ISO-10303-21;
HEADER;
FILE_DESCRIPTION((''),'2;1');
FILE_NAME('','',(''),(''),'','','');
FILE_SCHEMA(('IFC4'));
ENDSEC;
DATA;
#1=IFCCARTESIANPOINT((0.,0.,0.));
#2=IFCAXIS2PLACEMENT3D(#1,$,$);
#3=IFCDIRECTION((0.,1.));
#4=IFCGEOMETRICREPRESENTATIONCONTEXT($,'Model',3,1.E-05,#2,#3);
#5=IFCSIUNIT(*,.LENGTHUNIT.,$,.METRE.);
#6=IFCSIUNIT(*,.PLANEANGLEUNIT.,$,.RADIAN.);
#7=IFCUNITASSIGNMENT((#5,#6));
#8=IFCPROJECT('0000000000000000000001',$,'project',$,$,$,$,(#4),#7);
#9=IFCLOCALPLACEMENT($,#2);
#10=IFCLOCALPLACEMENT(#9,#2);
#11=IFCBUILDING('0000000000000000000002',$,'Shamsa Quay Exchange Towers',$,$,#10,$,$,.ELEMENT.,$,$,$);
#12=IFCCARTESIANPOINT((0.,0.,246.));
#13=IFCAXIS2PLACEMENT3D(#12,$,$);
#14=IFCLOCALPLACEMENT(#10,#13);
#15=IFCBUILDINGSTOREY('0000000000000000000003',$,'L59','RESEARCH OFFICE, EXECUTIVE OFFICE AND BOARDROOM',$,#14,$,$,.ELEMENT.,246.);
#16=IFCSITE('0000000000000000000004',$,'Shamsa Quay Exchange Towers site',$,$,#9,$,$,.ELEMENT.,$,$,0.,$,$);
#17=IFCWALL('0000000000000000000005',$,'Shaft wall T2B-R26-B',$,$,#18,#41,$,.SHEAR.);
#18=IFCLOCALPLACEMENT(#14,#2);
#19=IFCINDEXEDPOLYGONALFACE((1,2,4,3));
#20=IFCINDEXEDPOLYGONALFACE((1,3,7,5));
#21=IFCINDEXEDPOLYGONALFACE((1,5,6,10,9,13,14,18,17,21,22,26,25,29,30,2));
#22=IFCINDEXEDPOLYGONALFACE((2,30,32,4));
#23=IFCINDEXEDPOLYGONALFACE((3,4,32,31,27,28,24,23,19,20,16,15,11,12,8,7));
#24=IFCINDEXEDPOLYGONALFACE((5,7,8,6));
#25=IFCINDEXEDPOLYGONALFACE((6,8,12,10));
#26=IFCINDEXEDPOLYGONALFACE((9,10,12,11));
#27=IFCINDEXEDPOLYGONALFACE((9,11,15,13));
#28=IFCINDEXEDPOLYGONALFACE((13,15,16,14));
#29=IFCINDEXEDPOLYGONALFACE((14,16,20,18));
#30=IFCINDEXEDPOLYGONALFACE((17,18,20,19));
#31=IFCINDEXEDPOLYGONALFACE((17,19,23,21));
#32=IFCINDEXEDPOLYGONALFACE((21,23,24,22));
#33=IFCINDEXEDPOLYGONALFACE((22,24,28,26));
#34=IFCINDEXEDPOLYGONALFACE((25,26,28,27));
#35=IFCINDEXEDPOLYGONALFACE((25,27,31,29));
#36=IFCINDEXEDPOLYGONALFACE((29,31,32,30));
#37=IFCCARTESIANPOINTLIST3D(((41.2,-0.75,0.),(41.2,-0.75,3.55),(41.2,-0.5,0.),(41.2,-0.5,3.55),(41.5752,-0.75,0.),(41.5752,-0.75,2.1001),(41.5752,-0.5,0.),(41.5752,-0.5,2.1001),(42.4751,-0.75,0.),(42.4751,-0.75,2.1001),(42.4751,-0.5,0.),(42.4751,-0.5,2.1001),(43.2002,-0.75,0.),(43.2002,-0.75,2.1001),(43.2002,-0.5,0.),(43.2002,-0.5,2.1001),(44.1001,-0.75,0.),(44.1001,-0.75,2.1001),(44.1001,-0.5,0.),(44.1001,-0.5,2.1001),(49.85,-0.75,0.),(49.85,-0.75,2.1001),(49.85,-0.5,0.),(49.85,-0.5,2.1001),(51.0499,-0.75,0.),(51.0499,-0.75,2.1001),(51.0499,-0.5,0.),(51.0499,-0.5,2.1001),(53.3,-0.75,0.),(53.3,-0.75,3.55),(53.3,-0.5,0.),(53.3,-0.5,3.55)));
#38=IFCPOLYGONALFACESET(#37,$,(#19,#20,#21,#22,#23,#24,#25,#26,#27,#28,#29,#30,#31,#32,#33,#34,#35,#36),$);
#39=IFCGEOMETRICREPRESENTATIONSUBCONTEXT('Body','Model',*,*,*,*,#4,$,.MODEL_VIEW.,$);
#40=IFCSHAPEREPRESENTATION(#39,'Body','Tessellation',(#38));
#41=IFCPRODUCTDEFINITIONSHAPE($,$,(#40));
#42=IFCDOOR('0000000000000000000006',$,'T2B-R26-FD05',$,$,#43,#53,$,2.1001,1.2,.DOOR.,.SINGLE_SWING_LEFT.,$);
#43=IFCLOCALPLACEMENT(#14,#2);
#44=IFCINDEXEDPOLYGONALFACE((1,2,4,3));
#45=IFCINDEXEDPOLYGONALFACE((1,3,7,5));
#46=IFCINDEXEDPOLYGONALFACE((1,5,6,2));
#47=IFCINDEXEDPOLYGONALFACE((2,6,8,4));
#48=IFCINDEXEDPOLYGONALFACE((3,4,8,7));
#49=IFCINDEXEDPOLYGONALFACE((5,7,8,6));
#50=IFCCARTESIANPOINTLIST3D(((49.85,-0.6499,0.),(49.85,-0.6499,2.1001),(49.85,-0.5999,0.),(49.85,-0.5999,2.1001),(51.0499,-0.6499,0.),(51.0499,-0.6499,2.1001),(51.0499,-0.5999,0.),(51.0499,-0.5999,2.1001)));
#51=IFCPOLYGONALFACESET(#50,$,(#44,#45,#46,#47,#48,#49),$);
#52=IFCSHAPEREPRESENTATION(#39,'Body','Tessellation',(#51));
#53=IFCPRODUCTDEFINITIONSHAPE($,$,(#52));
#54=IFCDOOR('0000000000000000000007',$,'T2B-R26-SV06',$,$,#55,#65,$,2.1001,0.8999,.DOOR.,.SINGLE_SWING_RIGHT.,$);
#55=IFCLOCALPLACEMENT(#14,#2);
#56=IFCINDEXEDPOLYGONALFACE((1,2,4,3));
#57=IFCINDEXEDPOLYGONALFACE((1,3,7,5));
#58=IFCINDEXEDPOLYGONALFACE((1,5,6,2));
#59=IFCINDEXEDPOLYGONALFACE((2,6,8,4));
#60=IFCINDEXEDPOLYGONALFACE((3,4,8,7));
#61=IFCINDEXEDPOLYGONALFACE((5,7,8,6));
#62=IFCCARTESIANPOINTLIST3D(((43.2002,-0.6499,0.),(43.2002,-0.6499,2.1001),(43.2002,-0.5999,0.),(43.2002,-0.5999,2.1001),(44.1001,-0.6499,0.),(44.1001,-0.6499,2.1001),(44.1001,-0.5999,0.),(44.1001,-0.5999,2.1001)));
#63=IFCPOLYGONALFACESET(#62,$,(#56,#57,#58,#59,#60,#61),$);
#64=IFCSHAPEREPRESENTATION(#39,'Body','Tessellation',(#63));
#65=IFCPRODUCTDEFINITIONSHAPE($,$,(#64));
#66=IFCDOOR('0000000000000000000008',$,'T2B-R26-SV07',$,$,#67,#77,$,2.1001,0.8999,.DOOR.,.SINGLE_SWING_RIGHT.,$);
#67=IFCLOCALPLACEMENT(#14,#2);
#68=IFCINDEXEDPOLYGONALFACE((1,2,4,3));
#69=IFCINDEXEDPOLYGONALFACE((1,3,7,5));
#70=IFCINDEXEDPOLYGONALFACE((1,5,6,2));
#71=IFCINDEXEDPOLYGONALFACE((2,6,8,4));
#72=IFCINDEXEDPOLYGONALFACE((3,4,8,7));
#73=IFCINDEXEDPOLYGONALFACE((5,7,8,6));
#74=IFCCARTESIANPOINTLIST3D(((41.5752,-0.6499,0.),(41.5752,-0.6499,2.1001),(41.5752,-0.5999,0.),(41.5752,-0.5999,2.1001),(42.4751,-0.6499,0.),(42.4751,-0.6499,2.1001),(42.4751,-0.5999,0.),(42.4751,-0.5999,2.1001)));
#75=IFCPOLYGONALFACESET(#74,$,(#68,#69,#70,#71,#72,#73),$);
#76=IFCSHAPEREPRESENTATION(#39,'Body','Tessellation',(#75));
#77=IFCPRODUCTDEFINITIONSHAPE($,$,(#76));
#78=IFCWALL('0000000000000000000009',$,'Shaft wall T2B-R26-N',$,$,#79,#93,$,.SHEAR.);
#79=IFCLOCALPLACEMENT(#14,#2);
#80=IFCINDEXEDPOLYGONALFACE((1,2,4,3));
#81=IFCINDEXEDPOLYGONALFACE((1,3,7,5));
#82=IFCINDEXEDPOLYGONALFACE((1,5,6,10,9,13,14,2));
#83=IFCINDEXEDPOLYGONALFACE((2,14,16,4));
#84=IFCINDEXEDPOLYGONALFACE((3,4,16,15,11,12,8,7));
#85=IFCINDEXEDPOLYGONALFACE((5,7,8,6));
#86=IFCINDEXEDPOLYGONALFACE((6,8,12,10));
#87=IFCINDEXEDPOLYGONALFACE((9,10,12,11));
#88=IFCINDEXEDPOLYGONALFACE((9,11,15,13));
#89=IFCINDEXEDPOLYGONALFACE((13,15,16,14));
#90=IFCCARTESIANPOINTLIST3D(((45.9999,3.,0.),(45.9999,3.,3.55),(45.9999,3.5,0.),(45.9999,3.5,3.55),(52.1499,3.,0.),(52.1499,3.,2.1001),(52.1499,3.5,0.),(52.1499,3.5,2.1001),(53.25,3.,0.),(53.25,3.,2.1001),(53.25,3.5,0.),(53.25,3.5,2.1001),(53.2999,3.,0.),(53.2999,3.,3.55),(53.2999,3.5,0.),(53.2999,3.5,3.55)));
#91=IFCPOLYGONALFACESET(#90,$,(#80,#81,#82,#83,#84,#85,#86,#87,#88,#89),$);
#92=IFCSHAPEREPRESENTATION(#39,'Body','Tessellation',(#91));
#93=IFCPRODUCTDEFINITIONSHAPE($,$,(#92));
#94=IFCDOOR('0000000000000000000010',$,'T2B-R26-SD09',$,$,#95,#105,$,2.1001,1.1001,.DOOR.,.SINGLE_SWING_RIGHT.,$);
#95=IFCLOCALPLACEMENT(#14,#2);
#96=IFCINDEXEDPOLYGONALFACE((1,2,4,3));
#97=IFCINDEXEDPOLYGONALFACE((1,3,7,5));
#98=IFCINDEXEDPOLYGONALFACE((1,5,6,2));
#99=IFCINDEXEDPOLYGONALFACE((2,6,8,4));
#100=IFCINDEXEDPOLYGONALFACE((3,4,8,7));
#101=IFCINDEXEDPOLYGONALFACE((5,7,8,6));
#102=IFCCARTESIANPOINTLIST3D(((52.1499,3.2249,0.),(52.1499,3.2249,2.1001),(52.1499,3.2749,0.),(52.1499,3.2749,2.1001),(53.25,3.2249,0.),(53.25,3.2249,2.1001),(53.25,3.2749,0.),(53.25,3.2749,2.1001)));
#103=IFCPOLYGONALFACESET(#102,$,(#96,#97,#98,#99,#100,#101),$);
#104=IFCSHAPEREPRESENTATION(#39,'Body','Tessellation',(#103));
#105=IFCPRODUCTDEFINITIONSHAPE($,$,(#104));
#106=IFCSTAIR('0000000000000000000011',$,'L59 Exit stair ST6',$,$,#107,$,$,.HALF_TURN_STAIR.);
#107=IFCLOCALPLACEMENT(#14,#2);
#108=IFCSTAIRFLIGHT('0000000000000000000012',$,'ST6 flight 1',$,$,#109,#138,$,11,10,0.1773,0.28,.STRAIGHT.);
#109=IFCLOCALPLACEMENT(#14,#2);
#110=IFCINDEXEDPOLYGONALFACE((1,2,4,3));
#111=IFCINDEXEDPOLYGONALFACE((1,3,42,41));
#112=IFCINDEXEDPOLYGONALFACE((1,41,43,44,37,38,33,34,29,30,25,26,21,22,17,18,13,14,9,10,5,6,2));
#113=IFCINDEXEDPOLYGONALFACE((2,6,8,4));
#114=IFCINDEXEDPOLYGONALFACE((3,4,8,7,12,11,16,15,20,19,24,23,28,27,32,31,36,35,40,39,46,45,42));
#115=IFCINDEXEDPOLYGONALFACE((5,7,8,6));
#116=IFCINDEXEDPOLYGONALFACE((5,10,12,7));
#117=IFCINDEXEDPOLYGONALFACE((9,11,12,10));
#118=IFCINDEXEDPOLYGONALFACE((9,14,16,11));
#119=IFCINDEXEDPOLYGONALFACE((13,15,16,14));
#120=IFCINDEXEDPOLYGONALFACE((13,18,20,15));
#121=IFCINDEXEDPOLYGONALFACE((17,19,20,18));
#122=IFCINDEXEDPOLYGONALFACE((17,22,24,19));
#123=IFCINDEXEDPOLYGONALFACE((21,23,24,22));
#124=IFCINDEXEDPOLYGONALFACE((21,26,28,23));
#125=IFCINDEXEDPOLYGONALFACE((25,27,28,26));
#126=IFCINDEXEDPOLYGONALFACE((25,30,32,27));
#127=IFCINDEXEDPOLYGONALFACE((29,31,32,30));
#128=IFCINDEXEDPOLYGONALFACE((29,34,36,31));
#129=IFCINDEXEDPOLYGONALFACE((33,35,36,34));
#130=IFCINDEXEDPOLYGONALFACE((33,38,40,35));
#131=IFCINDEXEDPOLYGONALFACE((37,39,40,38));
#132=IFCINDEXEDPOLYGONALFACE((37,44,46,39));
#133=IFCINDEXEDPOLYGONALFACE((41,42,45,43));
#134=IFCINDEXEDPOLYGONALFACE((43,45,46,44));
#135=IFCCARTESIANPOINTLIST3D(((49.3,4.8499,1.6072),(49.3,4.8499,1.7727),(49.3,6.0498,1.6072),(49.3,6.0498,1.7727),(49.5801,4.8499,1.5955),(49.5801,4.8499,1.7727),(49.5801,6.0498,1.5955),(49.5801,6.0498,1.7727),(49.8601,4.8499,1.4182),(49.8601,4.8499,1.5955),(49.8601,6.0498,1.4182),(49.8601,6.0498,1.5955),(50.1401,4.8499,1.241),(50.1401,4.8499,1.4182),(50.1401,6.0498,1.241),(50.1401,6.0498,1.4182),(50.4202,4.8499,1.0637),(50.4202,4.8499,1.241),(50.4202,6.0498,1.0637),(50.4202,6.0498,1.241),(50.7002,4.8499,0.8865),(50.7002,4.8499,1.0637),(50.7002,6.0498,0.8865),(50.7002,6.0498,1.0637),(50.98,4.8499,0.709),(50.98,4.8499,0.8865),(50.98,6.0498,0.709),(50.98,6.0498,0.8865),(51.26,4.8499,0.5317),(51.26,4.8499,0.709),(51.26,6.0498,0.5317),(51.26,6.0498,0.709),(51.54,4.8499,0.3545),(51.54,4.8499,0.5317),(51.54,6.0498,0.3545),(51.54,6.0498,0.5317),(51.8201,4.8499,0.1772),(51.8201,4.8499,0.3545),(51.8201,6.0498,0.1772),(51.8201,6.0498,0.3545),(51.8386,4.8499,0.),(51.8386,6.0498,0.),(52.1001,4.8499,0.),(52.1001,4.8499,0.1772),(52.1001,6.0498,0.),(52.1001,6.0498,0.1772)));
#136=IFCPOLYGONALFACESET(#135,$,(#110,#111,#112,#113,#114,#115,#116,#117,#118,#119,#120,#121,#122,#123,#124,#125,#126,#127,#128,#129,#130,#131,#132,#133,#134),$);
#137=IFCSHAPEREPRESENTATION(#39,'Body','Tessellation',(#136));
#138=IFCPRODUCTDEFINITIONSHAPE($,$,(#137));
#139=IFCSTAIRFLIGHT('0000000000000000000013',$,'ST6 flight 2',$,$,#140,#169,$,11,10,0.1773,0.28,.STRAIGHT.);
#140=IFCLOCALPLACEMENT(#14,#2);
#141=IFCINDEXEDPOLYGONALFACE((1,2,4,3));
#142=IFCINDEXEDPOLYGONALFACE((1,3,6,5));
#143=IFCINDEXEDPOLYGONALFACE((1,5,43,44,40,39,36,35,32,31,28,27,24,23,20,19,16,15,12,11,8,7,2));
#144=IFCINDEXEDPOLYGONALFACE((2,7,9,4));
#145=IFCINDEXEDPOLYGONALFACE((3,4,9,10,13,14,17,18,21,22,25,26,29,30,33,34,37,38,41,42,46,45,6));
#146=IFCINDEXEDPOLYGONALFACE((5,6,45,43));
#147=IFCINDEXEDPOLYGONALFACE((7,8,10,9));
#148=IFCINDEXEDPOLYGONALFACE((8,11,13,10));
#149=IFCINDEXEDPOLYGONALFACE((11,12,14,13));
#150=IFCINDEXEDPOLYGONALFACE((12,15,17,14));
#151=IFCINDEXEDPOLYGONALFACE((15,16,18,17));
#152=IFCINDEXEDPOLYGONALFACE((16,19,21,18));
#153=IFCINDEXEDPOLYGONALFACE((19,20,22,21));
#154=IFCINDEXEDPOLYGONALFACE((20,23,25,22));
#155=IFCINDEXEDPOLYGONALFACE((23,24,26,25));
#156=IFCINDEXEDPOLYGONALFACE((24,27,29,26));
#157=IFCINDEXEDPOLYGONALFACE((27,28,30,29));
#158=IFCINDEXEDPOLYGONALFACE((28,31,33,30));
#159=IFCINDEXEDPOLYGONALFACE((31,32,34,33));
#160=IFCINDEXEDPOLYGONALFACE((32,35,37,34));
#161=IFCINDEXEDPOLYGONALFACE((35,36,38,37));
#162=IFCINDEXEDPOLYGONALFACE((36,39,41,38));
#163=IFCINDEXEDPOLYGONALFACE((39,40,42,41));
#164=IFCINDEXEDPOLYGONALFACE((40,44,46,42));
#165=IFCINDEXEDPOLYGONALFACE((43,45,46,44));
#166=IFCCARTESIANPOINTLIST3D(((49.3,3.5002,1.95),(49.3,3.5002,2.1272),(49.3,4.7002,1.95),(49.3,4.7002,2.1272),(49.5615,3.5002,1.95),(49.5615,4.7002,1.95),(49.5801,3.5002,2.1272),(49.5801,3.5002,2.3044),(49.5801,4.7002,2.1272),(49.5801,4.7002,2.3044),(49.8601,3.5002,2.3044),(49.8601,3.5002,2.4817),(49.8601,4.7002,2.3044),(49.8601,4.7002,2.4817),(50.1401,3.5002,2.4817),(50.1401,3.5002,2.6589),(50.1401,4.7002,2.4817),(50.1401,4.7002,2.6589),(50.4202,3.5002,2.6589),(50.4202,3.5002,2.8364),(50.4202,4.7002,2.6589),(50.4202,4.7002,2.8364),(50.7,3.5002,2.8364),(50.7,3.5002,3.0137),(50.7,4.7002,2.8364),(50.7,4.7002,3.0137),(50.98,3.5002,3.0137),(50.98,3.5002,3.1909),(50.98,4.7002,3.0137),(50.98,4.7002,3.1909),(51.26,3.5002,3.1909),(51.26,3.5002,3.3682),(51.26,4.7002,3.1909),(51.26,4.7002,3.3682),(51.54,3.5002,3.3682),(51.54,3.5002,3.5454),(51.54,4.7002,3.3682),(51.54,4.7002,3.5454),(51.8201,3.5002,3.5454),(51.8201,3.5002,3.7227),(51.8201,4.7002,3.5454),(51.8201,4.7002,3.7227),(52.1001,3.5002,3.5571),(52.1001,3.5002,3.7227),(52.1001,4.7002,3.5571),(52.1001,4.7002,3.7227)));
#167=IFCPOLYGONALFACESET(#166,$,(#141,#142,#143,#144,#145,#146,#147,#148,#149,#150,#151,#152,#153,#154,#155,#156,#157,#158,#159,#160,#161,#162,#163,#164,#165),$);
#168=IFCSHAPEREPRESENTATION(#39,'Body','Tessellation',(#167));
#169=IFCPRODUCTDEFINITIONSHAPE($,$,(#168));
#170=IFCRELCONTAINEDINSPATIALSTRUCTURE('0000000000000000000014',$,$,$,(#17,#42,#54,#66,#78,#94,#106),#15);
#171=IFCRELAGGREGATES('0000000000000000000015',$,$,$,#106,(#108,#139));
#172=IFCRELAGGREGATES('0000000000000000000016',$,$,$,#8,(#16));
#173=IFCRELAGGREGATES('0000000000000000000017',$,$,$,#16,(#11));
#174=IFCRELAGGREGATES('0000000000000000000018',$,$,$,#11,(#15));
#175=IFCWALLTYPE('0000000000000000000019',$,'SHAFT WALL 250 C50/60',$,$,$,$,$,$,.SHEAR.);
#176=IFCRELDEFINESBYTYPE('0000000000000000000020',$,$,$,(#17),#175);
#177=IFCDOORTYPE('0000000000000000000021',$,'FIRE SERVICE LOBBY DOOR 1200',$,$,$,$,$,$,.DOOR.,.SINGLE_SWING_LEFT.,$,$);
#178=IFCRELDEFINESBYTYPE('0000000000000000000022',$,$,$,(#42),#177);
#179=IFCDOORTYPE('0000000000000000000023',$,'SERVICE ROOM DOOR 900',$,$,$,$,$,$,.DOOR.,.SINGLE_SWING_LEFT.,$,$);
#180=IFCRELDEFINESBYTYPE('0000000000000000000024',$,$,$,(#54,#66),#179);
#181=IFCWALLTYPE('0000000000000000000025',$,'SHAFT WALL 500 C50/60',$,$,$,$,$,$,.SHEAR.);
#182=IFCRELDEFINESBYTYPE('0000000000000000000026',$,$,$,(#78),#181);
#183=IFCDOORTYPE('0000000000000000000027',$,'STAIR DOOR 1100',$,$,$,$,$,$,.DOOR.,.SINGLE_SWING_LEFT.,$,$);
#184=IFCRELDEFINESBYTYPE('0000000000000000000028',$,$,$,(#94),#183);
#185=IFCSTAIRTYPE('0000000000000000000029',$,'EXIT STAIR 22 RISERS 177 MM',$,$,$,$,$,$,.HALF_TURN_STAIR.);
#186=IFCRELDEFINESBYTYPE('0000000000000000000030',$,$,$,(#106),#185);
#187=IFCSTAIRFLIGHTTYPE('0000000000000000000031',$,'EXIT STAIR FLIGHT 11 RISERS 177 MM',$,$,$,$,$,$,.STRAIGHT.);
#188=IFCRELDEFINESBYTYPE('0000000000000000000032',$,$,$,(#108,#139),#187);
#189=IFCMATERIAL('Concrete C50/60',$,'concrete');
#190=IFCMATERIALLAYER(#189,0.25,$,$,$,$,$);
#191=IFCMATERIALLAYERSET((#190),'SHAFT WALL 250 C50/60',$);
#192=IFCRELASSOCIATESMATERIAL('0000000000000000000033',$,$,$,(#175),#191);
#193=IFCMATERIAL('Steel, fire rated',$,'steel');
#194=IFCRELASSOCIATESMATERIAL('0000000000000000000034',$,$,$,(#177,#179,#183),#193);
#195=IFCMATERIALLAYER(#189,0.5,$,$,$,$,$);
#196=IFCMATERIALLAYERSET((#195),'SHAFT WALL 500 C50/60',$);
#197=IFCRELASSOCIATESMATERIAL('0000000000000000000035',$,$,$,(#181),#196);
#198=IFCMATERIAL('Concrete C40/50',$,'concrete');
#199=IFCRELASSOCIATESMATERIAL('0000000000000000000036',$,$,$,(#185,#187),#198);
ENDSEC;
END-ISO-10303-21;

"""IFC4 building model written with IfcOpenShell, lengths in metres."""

from ifc_helpers import new_model, si_unit, direction, frame, frame_2d, origin, place, context, subcontext, project, spatial, polyline, rectangle, outline, extrude, material, layer, layer_set, type_object, element, fill, aggregate, save


model = new_model("IFC4")

# Units and contexts
model_context = context("Model", 3, precision=1e-05, world=origin(), true_north=direction((0.0, 1.0)))
body_context = subcontext(model_context, "Body", "Model", "MODEL_VIEW")
ifc_project = project(units=[si_unit("LENGTHUNIT", "METRE"), si_unit("PLANEANGLEUNIT", "RADIAN")], contexts=[model_context])

# Site, building, storey
site_placement = place(None, origin())
site = spatial("IfcSite", under=ifc_project, at=site_placement, Name="Shamsa Quay Exchange Towers site", CompositionType="ELEMENT", RefElevation=0.0)
building_placement = place(site_placement, origin())
building = spatial("IfcBuilding", under=site, at=building_placement, Name="Shamsa Quay Exchange Towers", CompositionType="ELEMENT")
storey_placement = place(building_placement, frame((0.0, 0.0, 246.0)))
storey = spatial("IfcBuildingStorey", under=building, at=storey_placement, Name="L59", Description="RESEARCH OFFICE, EXECUTIVE OFFICE AND BOARDROOM", CompositionType="ELEMENT", Elevation=246.0)

# Wall, openings, doors
ifc_material_1 = material(Name="Concrete C50/60", Category="concrete")
ifc_layer_1 = layer(ifc_material_1, 0.25)
ifc_layer_set_1 = layer_set([ifc_layer_1], Name="SHAFT WALL 250 C50/60")
wall_type_1 = type_object("IfcWallType", Name="SHAFT WALL 250 C50/60", PredefinedType="SHEAR", material=ifc_layer_set_1)
wall_1_placement = place(storey_placement, frame((53.3, -0.625, 0.0), z_axis=(0.0, 0.0, 1.0), x_axis=(-1.0, 0.0, 0.0)))
wall_1 = element("IfcWall", 1, at=wall_1_placement, inside=storey, type_object=wall_type_1, Name="Shaft wall T2B-R26-B", PredefinedType="SHEAR", context=body_context, shape_type="SweptSolid", body=[
    extrude(rectangle(XDim=12.1001, YDim=0.25, at=frame_2d((6.05, 0.0))), origin(), (0.0, 0.0, 1.0), 3.55),
])
opening_1_placement = place(wall_1_placement, frame((2.25, 0.0, 0.0)))
opening_1 = element("IfcOpeningElement", 2, at=opening_1_placement, cuts=wall_1, PredefinedType="OPENING", context=body_context, shape_type="SweptSolid", body=[
    extrude(rectangle(XDim=1.2, YDim=2.1001, at=frame_2d((0.6001, 1.05))), frame((0.0, 0.135, 0.0), z_axis=(0.0, -1.0, 0.0), x_axis=(1.0, 0.0, 0.0)), (0.0, 0.0, 1.0), 0.27),
])
opening_2_placement = place(wall_1_placement, frame((9.2, 0.0, 0.0)))
opening_2 = element("IfcOpeningElement", 3, at=opening_2_placement, cuts=wall_1, PredefinedType="OPENING", context=body_context, shape_type="SweptSolid", body=[
    extrude(rectangle(XDim=0.8999, YDim=2.1001, at=frame_2d((0.45, 1.05))), frame((0.0, 0.135, 0.0), z_axis=(0.0, -1.0, 0.0), x_axis=(1.0, 0.0, 0.0)), (0.0, 0.0, 1.0), 0.27),
])
opening_3_placement = place(wall_1_placement, frame((10.825, 0.0, 0.0)))
opening_3 = element("IfcOpeningElement", 4, at=opening_3_placement, cuts=wall_1, PredefinedType="OPENING", context=body_context, shape_type="SweptSolid", body=[
    extrude(rectangle(XDim=0.8999, YDim=2.1001, at=frame_2d((0.45, 1.05))), frame((0.0, 0.135, 0.0), z_axis=(0.0, -1.0, 0.0), x_axis=(1.0, 0.0, 0.0)), (0.0, 0.0, 1.0), 0.27),
])
ifc_material_2 = material(Name="Steel, fire rated", Category="steel")
door_type_1 = type_object("IfcDoorType", Name="FIRE SERVICE LOBBY DOOR 1200", OperationType="SINGLE_SWING_LEFT", PredefinedType="DOOR", material=ifc_material_2)
door_1_placement = place(opening_1_placement, origin())
door_1 = element("IfcDoor", 5, at=door_1_placement, inside=storey, type_object=door_type_1, Name="T2B-R26-FD05", OperationType="SINGLE_SWING_LEFT", OverallHeight=2.1001, OverallWidth=1.2, PredefinedType="DOOR", context=body_context, shape_type="SweptSolid", body=[
    extrude(rectangle(XDim=1.2, YDim=2.1001, at=frame_2d((0.6001, 1.05))), frame((0.0, 0.0249, 0.0), z_axis=(0.0, -1.0, 0.0), x_axis=(1.0, 0.0, 0.0)), (0.0, 0.0, 1.0), 0.05),
])
fill(opening_1, door_1)
door_type_2 = type_object("IfcDoorType", Name="SERVICE ROOM DOOR 900", OperationType="SINGLE_SWING_LEFT", PredefinedType="DOOR", material=ifc_material_2)
door_2_placement = place(opening_2_placement, origin())
door_2 = element("IfcDoor", 6, at=door_2_placement, inside=storey, type_object=door_type_2, Name="T2B-R26-SV06", OperationType="SINGLE_SWING_RIGHT", OverallHeight=2.1001, OverallWidth=0.8999, PredefinedType="DOOR", context=body_context, shape_type="SweptSolid", body=[
    extrude(rectangle(XDim=0.8999, YDim=2.1001, at=frame_2d((0.45, 1.05))), frame((0.0, 0.0249, 0.0), z_axis=(0.0, -1.0, 0.0), x_axis=(1.0, 0.0, 0.0)), (0.0, 0.0, 1.0), 0.05),
])
fill(opening_2, door_2)
door_3_placement = place(opening_3_placement, origin())
door_3 = element("IfcDoor", 7, at=door_3_placement, inside=storey, type_object=door_type_2, Name="T2B-R26-SV07", OperationType="SINGLE_SWING_RIGHT", OverallHeight=2.1001, OverallWidth=0.8999, PredefinedType="DOOR", context=body_context, shape_type="SweptSolid", body=[
    extrude(rectangle(XDim=0.8999, YDim=2.1001, at=frame_2d((0.45, 1.05))), frame((0.0, 0.0249, 0.0), z_axis=(0.0, -1.0, 0.0), x_axis=(1.0, 0.0, 0.0)), (0.0, 0.0, 1.0), 0.05),
])
fill(opening_3, door_3)

# Wall, opening, door
ifc_layer_2 = layer(ifc_material_1, 0.5)
ifc_layer_set_2 = layer_set([ifc_layer_2], Name="SHAFT WALL 500 C50/60")
wall_type_2 = type_object("IfcWallType", Name="SHAFT WALL 500 C50/60", PredefinedType="SHEAR", material=ifc_layer_set_2)
wall_2_placement = place(storey_placement, frame((46.0, 3.25, 0.0)))
wall_2 = element("IfcWall", 8, at=wall_2_placement, inside=storey, type_object=wall_type_2, Name="Shaft wall T2B-R26-N", PredefinedType="SHEAR", context=body_context, shape_type="SweptSolid", body=[
    extrude(rectangle(XDim=7.3, YDim=0.5, at=frame_2d((3.6499, 0.0))), origin(), (0.0, 0.0, 1.0), 3.55),
])
opening_4_placement = place(wall_2_placement, frame((6.1499, 0.0, 0.0)))
opening_4 = element("IfcOpeningElement", 9, at=opening_4_placement, cuts=wall_2, PredefinedType="OPENING", context=body_context, shape_type="SweptSolid", body=[
    extrude(rectangle(XDim=1.1001, YDim=2.1001, at=frame_2d((0.55, 1.05))), frame((0.0, 0.26, 0.0), z_axis=(0.0, -1.0, 0.0), x_axis=(1.0, 0.0, 0.0)), (0.0, 0.0, 1.0), 0.52),
])
door_type_3 = type_object("IfcDoorType", Name="STAIR DOOR 1100", OperationType="SINGLE_SWING_LEFT", PredefinedType="DOOR", material=ifc_material_2)
door_4_placement = place(opening_4_placement, origin())
door_4 = element("IfcDoor", 10, at=door_4_placement, inside=storey, type_object=door_type_3, Name="T2B-R26-SD09", OperationType="SINGLE_SWING_RIGHT", OverallHeight=2.1001, OverallWidth=1.1001, PredefinedType="DOOR", context=body_context, shape_type="SweptSolid", body=[
    extrude(rectangle(XDim=1.1001, YDim=2.1001, at=frame_2d((0.55, 1.05))), frame((0.0, 0.0249, 0.0), z_axis=(0.0, -1.0, 0.0), x_axis=(1.0, 0.0, 0.0)), (0.0, 0.0, 1.0), 0.05),
])
fill(opening_4, door_4)

# Stair, stair flights
ifc_material_3 = material(Name="Concrete C40/50", Category="concrete")
stair_type = type_object("IfcStairType", Name="EXIT STAIR 22 RISERS 177 MM", PredefinedType="HALF_TURN_STAIR", material=ifc_material_3)
stair_placement = place(storey_placement, origin())
stair = element("IfcStair", 11, at=stair_placement, inside=storey, type_object=stair_type, Name="L59 Exit stair ST6", PredefinedType="HALF_TURN_STAIR")
stair_flight_type = type_object("IfcStairFlightType", Name="EXIT STAIR FLIGHT 11 RISERS 177 MM", PredefinedType="STRAIGHT", material=ifc_material_3)
stair_flight_1_placement = place(storey_placement, frame((52.1001, 5.45, 0.0), z_axis=(0.0, 0.0, 1.0), x_axis=(-1.0, 0.0, 0.0)))
stair_flight_1 = element("IfcStairFlight", 12, at=stair_flight_1_placement, type_object=stair_flight_type, Name="ST6 flight 1", NumberOfRisers=11, NumberOfTreads=10, PredefinedType="STRAIGHT", RiserHeight=0.1773, TreadLength=0.28, context=body_context, shape_type="SweptSolid", body=[
    extrude(outline(polyline([(0.0, 0.0), (0.0, 0.1772), (0.28, 0.1772), (0.28, 0.3545), (0.5601, 0.3545), (0.5601, 0.5317), (0.8401, 0.5317), (0.8401, 0.709), (1.1201, 0.709), (1.1201, 0.8865), (1.3999, 0.8865), (1.3999, 1.0637), (1.6799, 1.0637), (1.6799, 1.241), (1.96, 1.241), (1.96, 1.4182), (2.24, 1.4182), (2.24, 1.5955), (2.52, 1.5955), (2.52, 1.7727), (2.8, 1.7727), (2.8, 1.95), (2.8, 1.6072), (0.2615, 0.0), (0.0, 0.0)])), frame((0.0, 0.6001, 0.0), z_axis=(0.0, -1.0, 0.0), x_axis=(1.0, 0.0, 0.0)), (0.0, 0.0, 1.0), 1.2),
])
stair_flight_2_placement = place(storey_placement, frame((49.3, 4.1001, 1.95)))
stair_flight_2 = element("IfcStairFlight", 13, at=stair_flight_2_placement, type_object=stair_flight_type, Name="ST6 flight 2", NumberOfRisers=11, NumberOfTreads=10, PredefinedType="STRAIGHT", RiserHeight=0.1773, TreadLength=0.28, context=body_context, shape_type="SweptSolid", body=[
    extrude(outline(polyline([(0.0, 0.0), (0.0, 0.1772), (0.28, 0.1772), (0.28, 0.3545), (0.5601, 0.3545), (0.5601, 0.5317), (0.8401, 0.5317), (0.8401, 0.709), (1.1201, 0.709), (1.1201, 0.8865), (1.3999, 0.8865), (1.3999, 1.0637), (1.6799, 1.0637), (1.6799, 1.241), (1.96, 1.241), (1.96, 1.4182), (2.24, 1.4182), (2.24, 1.5955), (2.52, 1.5955), (2.52, 1.7727), (2.8, 1.7727), (2.8, 1.95), (2.8, 1.6072), (0.2615, 0.0), (0.0, 0.0)])), frame((0.0, 0.6001, 0.0), z_axis=(0.0, -1.0, 0.0), x_axis=(1.0, 0.0, 0.0)), (0.0, 0.0, 1.0), 1.2),
])
aggregate(stair, [stair_flight_1, stair_flight_2])

save(model, "model.ifc")
